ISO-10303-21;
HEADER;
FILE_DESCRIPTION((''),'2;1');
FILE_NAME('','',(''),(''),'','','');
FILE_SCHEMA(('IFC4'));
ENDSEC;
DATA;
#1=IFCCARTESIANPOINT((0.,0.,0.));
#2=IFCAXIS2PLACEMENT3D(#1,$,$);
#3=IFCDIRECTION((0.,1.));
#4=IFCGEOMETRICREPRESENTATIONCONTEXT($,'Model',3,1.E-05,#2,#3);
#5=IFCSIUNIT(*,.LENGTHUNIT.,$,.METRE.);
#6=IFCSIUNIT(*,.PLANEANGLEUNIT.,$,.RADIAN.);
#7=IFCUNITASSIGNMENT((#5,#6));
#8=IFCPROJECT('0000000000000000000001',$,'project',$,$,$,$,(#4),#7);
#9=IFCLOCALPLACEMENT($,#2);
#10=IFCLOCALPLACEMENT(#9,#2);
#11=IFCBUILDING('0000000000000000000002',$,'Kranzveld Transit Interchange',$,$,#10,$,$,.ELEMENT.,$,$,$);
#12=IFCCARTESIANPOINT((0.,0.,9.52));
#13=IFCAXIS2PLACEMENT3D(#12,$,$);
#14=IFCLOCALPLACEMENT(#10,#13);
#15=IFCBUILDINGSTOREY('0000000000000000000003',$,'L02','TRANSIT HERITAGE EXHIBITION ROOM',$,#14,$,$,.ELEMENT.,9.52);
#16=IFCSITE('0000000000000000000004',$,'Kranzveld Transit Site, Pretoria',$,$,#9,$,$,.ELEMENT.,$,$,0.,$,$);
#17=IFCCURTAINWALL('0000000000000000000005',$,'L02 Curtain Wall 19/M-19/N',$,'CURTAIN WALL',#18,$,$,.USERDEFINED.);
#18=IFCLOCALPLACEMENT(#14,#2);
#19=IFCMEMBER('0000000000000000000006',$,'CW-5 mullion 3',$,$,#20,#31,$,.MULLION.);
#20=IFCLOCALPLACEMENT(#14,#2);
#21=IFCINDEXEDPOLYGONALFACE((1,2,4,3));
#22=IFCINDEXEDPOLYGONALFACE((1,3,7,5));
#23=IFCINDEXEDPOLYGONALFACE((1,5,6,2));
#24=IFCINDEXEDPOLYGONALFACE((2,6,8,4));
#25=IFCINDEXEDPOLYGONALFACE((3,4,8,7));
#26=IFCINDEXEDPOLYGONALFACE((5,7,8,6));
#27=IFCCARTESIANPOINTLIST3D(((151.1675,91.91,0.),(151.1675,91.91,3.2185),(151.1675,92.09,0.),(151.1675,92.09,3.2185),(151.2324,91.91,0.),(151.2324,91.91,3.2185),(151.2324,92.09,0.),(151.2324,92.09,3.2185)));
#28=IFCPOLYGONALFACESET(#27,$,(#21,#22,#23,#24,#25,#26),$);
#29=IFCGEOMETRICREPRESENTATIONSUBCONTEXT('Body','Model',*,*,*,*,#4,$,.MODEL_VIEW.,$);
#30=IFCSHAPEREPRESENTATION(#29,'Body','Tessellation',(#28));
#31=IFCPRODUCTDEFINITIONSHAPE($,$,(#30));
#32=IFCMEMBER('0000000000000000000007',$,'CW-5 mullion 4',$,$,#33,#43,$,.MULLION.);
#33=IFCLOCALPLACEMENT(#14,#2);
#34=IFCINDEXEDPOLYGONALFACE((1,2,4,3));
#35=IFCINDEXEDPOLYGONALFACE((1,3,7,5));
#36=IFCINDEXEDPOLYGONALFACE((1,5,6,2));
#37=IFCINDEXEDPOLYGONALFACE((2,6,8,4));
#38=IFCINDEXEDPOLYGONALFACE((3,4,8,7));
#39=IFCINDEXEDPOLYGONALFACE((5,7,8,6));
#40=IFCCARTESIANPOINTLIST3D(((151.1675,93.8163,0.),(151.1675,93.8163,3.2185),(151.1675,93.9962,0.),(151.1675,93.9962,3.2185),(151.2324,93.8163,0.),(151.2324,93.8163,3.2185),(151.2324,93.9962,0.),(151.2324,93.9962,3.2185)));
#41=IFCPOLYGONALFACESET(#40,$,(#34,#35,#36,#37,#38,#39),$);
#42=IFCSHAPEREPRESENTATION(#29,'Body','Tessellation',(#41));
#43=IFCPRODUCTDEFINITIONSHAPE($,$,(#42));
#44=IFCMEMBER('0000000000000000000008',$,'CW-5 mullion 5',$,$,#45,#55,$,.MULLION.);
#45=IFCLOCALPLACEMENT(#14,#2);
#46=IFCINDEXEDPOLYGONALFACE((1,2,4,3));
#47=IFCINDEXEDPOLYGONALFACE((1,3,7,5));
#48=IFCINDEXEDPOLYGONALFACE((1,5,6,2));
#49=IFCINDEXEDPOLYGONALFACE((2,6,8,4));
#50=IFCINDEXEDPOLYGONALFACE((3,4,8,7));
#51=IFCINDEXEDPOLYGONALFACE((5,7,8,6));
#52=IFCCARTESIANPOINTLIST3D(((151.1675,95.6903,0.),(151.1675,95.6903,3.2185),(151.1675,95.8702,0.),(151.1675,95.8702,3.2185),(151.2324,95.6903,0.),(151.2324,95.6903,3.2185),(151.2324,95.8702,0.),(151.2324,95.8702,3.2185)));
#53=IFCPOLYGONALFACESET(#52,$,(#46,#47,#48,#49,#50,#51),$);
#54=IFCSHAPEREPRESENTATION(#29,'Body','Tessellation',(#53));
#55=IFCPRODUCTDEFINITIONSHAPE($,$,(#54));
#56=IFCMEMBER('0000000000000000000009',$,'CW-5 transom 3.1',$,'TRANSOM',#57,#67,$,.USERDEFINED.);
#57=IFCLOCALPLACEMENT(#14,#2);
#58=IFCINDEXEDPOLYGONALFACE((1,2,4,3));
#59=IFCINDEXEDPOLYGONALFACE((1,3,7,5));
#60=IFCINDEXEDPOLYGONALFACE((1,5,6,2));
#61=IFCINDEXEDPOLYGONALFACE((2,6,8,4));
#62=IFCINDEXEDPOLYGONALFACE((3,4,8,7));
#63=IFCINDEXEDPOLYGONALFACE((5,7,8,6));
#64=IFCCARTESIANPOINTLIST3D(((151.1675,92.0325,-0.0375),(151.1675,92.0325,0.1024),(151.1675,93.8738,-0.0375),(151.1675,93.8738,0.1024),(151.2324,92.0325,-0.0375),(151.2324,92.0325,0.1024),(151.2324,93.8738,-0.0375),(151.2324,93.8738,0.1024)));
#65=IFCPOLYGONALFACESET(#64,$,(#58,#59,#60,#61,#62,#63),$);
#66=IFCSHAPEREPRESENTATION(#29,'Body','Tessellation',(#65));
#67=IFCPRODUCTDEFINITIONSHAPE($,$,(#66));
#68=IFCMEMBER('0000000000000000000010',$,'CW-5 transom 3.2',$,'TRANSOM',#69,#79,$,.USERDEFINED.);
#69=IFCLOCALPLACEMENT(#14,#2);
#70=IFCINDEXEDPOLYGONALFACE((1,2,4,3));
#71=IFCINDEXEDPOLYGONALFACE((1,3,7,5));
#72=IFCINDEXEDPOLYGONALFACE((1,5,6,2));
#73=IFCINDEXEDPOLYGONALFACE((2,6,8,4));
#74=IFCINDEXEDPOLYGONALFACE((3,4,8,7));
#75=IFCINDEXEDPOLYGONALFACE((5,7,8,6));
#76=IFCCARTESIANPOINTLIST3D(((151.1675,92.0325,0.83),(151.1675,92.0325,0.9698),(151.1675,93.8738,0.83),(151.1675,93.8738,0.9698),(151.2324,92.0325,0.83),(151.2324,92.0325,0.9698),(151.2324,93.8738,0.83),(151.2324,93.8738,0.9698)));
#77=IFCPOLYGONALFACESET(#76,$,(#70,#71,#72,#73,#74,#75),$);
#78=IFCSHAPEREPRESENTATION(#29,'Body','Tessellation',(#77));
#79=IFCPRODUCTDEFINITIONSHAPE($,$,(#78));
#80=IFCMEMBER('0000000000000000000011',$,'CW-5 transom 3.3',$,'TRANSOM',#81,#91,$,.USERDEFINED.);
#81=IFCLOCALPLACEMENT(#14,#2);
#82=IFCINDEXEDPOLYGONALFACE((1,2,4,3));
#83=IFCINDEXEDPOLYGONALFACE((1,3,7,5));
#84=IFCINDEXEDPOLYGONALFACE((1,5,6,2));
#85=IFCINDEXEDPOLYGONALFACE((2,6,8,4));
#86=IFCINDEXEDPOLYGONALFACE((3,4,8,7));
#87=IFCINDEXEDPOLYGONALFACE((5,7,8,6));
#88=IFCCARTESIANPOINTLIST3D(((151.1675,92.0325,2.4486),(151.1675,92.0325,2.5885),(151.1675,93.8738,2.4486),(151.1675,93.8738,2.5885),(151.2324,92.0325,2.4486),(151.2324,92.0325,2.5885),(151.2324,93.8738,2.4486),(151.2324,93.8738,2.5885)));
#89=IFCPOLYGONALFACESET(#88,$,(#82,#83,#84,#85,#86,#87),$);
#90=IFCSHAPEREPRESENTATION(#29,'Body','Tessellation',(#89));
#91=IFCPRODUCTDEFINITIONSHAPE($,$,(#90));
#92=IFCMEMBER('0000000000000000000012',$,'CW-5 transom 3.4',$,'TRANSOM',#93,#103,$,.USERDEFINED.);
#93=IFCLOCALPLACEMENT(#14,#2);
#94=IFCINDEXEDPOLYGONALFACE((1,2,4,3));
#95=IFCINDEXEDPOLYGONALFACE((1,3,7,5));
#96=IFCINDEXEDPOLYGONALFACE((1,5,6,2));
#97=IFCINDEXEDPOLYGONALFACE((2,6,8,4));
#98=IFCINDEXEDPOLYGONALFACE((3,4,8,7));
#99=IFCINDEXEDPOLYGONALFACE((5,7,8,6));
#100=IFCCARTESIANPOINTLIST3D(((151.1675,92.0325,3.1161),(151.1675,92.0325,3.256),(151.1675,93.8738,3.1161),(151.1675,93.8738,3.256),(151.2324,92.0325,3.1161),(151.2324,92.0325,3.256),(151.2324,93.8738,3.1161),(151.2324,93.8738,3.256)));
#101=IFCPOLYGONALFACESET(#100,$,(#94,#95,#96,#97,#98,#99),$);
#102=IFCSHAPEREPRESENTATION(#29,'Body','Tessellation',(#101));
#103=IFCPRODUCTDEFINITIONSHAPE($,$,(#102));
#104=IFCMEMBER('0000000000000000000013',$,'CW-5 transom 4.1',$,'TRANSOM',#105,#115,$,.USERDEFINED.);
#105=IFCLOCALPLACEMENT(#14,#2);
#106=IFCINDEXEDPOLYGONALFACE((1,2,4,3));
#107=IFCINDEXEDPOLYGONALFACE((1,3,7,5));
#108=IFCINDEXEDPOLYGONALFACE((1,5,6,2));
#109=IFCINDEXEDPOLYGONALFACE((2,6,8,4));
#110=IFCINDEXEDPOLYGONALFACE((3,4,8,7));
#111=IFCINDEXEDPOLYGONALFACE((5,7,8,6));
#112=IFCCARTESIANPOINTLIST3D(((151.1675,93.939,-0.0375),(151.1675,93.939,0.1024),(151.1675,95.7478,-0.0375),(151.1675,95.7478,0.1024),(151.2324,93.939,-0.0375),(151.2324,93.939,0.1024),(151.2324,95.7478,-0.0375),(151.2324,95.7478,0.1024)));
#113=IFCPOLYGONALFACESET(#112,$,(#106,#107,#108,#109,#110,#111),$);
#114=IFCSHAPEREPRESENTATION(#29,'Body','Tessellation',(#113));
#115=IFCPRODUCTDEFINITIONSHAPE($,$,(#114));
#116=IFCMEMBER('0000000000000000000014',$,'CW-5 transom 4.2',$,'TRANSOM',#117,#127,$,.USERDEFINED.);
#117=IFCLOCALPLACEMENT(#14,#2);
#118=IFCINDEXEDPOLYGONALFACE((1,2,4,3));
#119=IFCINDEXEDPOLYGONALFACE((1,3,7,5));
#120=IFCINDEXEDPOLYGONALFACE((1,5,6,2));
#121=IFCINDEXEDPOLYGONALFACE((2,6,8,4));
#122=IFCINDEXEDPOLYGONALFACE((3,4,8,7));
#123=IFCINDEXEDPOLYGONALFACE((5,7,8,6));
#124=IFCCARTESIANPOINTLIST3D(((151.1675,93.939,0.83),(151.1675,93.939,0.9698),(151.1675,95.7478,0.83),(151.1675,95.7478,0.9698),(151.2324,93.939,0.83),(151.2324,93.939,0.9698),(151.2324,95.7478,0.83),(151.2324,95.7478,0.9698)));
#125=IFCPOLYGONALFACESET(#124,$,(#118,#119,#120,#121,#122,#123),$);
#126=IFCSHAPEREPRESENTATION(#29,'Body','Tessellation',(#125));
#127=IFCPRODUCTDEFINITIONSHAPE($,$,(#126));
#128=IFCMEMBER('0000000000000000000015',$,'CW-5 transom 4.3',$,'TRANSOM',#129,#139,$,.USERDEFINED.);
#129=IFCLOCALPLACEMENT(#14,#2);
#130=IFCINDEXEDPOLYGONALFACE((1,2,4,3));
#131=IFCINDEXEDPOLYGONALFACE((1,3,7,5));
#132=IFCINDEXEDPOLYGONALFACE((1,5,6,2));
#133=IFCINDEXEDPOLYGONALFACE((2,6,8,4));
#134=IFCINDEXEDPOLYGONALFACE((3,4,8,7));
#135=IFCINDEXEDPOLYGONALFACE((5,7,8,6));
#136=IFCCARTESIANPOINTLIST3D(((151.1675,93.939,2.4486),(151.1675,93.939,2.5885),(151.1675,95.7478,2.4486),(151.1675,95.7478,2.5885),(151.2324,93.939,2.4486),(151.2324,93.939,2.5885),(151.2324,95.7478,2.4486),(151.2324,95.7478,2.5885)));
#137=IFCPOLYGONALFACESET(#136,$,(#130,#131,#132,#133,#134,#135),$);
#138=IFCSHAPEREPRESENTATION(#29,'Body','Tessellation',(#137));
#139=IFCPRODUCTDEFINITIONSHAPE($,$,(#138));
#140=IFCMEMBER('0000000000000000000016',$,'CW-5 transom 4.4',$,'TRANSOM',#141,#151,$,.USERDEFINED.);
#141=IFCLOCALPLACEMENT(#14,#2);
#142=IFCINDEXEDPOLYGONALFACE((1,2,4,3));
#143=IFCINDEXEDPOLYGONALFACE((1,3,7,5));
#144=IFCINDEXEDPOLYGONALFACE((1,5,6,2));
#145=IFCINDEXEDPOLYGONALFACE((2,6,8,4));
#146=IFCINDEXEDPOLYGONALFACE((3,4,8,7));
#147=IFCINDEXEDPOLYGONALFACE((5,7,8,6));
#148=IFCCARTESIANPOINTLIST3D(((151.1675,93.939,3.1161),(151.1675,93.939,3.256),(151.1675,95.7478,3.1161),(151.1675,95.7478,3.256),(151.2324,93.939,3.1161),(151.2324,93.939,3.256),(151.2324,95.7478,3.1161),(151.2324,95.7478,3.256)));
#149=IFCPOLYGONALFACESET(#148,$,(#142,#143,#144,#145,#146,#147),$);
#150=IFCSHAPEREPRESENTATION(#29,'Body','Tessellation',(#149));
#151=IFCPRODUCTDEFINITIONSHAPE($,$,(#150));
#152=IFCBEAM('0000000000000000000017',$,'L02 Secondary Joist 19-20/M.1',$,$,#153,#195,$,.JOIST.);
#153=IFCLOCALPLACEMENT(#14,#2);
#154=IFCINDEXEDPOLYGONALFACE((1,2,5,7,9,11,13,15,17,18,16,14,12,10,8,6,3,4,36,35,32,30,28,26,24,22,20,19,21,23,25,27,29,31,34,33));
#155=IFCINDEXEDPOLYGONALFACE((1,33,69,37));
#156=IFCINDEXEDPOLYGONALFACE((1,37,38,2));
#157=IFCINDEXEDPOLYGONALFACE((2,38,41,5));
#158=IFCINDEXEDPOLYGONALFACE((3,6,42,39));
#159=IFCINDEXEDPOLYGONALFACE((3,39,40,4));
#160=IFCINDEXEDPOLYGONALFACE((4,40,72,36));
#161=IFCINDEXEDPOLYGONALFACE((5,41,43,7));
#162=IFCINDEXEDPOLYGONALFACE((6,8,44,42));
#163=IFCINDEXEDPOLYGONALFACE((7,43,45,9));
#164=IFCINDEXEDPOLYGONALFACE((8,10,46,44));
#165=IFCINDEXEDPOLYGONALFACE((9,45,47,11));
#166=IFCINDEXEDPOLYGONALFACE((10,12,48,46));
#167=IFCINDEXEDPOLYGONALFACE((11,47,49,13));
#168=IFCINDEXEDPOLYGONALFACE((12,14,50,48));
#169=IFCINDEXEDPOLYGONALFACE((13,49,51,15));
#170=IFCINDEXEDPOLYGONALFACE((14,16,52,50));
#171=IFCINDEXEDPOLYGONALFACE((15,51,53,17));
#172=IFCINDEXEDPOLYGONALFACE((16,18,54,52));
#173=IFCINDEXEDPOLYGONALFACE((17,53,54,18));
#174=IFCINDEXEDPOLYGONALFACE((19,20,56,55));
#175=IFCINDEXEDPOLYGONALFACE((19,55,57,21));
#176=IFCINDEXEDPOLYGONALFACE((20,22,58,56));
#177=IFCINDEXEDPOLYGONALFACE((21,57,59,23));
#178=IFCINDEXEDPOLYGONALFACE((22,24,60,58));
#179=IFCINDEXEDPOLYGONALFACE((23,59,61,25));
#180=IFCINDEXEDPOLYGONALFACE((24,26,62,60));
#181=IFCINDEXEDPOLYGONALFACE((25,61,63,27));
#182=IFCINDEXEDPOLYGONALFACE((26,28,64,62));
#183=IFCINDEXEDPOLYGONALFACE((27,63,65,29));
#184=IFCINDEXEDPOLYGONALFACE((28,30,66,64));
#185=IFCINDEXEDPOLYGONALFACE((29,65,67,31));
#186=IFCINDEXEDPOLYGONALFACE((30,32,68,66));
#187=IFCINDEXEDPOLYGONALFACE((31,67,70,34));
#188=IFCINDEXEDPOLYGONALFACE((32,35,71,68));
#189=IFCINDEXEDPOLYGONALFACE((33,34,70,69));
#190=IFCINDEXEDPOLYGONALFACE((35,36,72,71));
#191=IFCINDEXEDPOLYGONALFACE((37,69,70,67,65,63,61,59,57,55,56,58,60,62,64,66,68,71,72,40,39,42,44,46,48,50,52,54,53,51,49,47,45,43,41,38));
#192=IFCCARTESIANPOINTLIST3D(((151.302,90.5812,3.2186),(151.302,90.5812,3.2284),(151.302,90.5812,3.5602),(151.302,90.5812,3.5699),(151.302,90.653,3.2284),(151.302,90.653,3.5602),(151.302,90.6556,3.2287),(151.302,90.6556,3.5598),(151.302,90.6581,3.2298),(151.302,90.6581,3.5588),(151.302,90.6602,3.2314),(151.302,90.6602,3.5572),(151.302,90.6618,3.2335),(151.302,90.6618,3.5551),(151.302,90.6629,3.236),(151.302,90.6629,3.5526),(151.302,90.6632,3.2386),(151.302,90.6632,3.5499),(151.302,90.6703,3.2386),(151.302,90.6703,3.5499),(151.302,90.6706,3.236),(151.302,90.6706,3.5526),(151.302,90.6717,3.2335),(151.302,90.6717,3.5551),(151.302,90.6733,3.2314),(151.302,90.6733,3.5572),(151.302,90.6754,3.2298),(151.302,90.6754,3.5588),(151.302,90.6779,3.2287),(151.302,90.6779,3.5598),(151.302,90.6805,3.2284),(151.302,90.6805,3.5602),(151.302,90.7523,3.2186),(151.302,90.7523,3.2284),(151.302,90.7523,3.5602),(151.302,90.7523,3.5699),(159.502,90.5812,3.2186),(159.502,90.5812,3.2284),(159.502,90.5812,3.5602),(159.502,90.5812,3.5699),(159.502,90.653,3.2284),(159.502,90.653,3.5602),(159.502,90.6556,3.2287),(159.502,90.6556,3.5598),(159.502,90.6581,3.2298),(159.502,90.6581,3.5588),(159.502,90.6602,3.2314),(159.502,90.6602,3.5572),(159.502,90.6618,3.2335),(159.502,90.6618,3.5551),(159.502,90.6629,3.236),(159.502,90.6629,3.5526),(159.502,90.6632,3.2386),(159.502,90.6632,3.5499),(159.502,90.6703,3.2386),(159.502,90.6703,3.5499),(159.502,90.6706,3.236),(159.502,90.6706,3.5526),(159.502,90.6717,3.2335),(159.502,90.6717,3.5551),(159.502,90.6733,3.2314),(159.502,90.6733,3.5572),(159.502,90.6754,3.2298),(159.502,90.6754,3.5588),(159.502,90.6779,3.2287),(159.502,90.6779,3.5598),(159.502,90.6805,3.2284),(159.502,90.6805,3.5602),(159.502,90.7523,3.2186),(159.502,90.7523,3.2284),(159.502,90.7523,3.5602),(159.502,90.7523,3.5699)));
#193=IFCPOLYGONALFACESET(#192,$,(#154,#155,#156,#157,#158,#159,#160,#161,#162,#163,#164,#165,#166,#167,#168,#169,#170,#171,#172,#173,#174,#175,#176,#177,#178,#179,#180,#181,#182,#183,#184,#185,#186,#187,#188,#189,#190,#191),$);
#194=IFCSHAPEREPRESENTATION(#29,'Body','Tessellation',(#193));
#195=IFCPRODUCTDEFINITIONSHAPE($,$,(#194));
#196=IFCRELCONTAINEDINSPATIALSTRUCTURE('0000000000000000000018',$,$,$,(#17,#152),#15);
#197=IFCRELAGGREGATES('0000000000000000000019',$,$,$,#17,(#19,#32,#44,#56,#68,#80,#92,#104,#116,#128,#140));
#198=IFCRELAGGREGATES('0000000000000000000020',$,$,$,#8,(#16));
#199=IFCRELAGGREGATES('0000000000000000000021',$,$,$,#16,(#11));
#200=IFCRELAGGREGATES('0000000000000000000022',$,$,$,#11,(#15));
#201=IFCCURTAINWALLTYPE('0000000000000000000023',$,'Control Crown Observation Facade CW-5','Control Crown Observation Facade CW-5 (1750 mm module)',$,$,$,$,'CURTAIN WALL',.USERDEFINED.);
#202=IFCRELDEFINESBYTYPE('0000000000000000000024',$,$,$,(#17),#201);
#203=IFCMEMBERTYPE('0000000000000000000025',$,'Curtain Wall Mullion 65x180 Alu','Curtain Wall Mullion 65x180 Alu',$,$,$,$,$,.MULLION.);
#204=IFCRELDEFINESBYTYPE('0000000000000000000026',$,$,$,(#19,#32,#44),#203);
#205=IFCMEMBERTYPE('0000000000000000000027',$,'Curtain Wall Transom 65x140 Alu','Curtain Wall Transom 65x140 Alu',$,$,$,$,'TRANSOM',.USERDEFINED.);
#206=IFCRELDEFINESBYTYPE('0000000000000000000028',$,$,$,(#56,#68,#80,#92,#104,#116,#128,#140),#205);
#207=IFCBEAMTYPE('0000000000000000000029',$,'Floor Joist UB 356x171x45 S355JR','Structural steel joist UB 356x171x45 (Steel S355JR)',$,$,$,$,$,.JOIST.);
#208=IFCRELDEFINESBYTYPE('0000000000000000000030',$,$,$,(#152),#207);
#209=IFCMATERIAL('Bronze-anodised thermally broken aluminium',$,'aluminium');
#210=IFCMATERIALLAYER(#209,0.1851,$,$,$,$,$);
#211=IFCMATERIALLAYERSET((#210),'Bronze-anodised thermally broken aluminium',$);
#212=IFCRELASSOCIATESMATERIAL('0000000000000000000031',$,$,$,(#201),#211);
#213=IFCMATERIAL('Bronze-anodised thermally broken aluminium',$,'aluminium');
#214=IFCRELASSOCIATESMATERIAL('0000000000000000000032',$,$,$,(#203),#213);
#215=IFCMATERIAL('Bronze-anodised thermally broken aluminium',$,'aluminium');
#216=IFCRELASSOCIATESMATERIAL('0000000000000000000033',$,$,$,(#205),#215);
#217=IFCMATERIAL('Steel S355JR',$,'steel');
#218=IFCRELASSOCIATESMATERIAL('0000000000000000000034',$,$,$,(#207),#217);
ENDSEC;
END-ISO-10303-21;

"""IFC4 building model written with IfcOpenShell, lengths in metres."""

from ifc_helpers import new_model, si_unit, direction, frame, origin, origin_2d, place, context, subcontext, project, spatial, rectangle, i_section, extrude, material, layer, layer_set, material_profile, profile_set, type_object, element, aggregate, save


model = new_model("IFC4")

# Units and contexts
model_context = context("Model", 3, precision=1e-05, world=origin(), true_north=direction((0.0, 1.0)))
body_context = subcontext(model_context, "Body", "Model", "MODEL_VIEW")
ifc_project = project(units=[si_unit("LENGTHUNIT", "METRE"), si_unit("PLANEANGLEUNIT", "RADIAN")], contexts=[model_context])

# Site, building, storey
site_placement = place(None, origin())
site = spatial("IfcSite", under=ifc_project, at=site_placement, Name="Kranzveld Transit Site, Pretoria", CompositionType="ELEMENT", RefElevation=0.0)
building_placement = place(site_placement, origin())
building = spatial("IfcBuilding", under=site, at=building_placement, Name="Kranzveld Transit Interchange", CompositionType="ELEMENT")
storey_placement = place(building_placement, frame((0.0, 0.0, 9.52)))
storey = spatial("IfcBuildingStorey", under=building, at=storey_placement, Name="L02", Description="TRANSIT HERITAGE EXHIBITION ROOM", CompositionType="ELEMENT", Elevation=9.52)

# Curtain wall, members
ifc_material_1 = material(Name="Bronze-anodised thermally broken aluminium", Category="aluminium")
ifc_layer_1 = layer(ifc_material_1, 0.1851)
ifc_layer_set_1 = layer_set([ifc_layer_1], Name="Bronze-anodised thermally broken aluminium")
curtain_wall_type = type_object("IfcCurtainWallType", Name="Control Crown Observation Facade CW-5", Description="Control Crown Observation Facade CW-5 (1750 mm module)", ElementType="CURTAIN WALL", PredefinedType="USERDEFINED", material=ifc_layer_set_1)
curtain_wall_placement = place(storey_placement, origin())
curtain_wall = element("IfcCurtainWall", 1, at=curtain_wall_placement, inside=storey, type_object=curtain_wall_type, Name="L02 Curtain Wall 19/M-19/N", ObjectType="CURTAIN WALL", PredefinedType="USERDEFINED")
ifc_material_2 = material(Name="Bronze-anodised thermally broken aluminium", Category="aluminium")
ifc_material_profile_1 = material_profile(ifc_material_2, rectangle(XDim=0.0649, YDim=0.1799, at=origin_2d()), Name="ALU MULLION 65x180")
ifc_profile_set_1 = profile_set([ifc_material_profile_1], Name="Bronze-anodised thermally broken aluminium")
member_type_1 = type_object("IfcMemberType", Name="Curtain Wall Mullion 65x180 Alu", Description="Curtain Wall Mullion 65x180 Alu", PredefinedType="MULLION", material=ifc_profile_set_1)
member_1_placement = place(storey_placement, frame((151.2, 92.0, 0.0), z_axis=(0.0, 0.0, 1.0), x_axis=(-1.0, 0.0, 0.0)))
member_1 = element("IfcMember", 2, at=member_1_placement, type_object=member_type_1, Name="CW-5 mullion 3", PredefinedType="MULLION", context=body_context, shape_type="SweptSolid", body=[
    extrude(rectangle(XDim=0.0649, YDim=0.1799, at=origin_2d()), origin(), (0.0, 0.0, 1.0), 3.2185),
])
member_2_placement = place(storey_placement, frame((151.2, 93.9062, 0.0), z_axis=(0.0, 0.0, 1.0), x_axis=(-1.0, 0.0, 0.0)))
member_2 = element("IfcMember", 3, at=member_2_placement, type_object=member_type_1, Name="CW-5 mullion 4", PredefinedType="MULLION", context=body_context, shape_type="SweptSolid", body=[
    extrude(rectangle(XDim=0.0649, YDim=0.1799, at=origin_2d()), origin(), (0.0, 0.0, 1.0), 3.2185),
])
member_3_placement = place(storey_placement, frame((151.2, 95.7803, 0.0), z_axis=(0.0, 0.0, 1.0), x_axis=(-1.0, 0.0, 0.0)))
member_3 = element("IfcMember", 4, at=member_3_placement, type_object=member_type_1, Name="CW-5 mullion 5", PredefinedType="MULLION", context=body_context, shape_type="SweptSolid", body=[
    extrude(rectangle(XDim=0.0649, YDim=0.1799, at=origin_2d()), origin(), (0.0, 0.0, 1.0), 3.2185),
])
ifc_material_3 = material(Name="Bronze-anodised thermally broken aluminium", Category="aluminium")
ifc_material_profile_2 = material_profile(ifc_material_3, rectangle(XDim=0.0649, YDim=0.1399, at=origin_2d()), Name="ALU TRANSOM 65x140")
ifc_profile_set_2 = profile_set([ifc_material_profile_2], Name="Bronze-anodised thermally broken aluminium")
member_type_2 = type_object("IfcMemberType", Name="Curtain Wall Transom 65x140 Alu", Description="Curtain Wall Transom 65x140 Alu", ElementType="TRANSOM", PredefinedType="USERDEFINED", material=ifc_profile_set_2)
member_4_placement = place(storey_placement, frame((151.2, 92.0325, 0.0325), z_axis=(0.0, 1.0, 0.0), x_axis=(-1.0, 0.0, 0.0)))
member_4 = element("IfcMember", 5, at=member_4_placement, type_object=member_type_2, Name="CW-5 transom 3.1", ObjectType="TRANSOM", PredefinedType="USERDEFINED", context=body_context, shape_type="SweptSolid", body=[
    extrude(rectangle(XDim=0.0649, YDim=0.1399, at=origin_2d()), origin(), (0.0, 0.0, 1.0), 1.8413),
])
member_5_placement = place(storey_placement, frame((151.2, 92.0325, 0.8999), z_axis=(0.0, 1.0, 0.0), x_axis=(-1.0, 0.0, 0.0)))
member_5 = element("IfcMember", 6, at=member_5_placement, type_object=member_type_2, Name="CW-5 transom 3.2", ObjectType="TRANSOM", PredefinedType="USERDEFINED", context=body_context, shape_type="SweptSolid", body=[
    extrude(rectangle(XDim=0.0649, YDim=0.1399, at=origin_2d()), origin(), (0.0, 0.0, 1.0), 1.8413),
])
member_6_placement = place(storey_placement, frame((151.2, 92.0325, 2.5186), z_axis=(0.0, 1.0, 0.0), x_axis=(-1.0, 0.0, 0.0)))
member_6 = element("IfcMember", 7, at=member_6_placement, type_object=member_type_2, Name="CW-5 transom 3.3", ObjectType="TRANSOM", PredefinedType="USERDEFINED", context=body_context, shape_type="SweptSolid", body=[
    extrude(rectangle(XDim=0.0649, YDim=0.1399, at=origin_2d()), origin(), (0.0, 0.0, 1.0), 1.8413),
])
member_7_placement = place(storey_placement, frame((151.2, 92.0325, 3.186), z_axis=(0.0, 1.0, 0.0), x_axis=(-1.0, 0.0, 0.0)))
member_7 = element("IfcMember", 8, at=member_7_placement, type_object=member_type_2, Name="CW-5 transom 3.4", ObjectType="TRANSOM", PredefinedType="USERDEFINED", context=body_context, shape_type="SweptSolid", body=[
    extrude(rectangle(XDim=0.0649, YDim=0.1399, at=origin_2d()), origin(), (0.0, 0.0, 1.0), 1.8413),
])
member_8_placement = place(storey_placement, frame((151.2, 93.939, 0.0325), z_axis=(0.0, 1.0, 0.0), x_axis=(-1.0, 0.0, 0.0)))
member_8 = element("IfcMember", 9, at=member_8_placement, type_object=member_type_2, Name="CW-5 transom 4.1", ObjectType="TRANSOM", PredefinedType="USERDEFINED", context=body_context, shape_type="SweptSolid", body=[
    extrude(rectangle(XDim=0.0649, YDim=0.1399, at=origin_2d()), origin(), (0.0, 0.0, 1.0), 1.8088),
])
member_9_placement = place(storey_placement, frame((151.2, 93.939, 0.8999), z_axis=(0.0, 1.0, 0.0), x_axis=(-1.0, 0.0, 0.0)))
member_9 = element("IfcMember", 10, at=member_9_placement, type_object=member_type_2, Name="CW-5 transom 4.2", ObjectType="TRANSOM", PredefinedType="USERDEFINED", context=body_context, shape_type="SweptSolid", body=[
    extrude(rectangle(XDim=0.0649, YDim=0.1399, at=origin_2d()), origin(), (0.0, 0.0, 1.0), 1.8088),
])
member_10_placement = place(storey_placement, frame((151.2, 93.939, 2.5186), z_axis=(0.0, 1.0, 0.0), x_axis=(-1.0, 0.0, 0.0)))
member_10 = element("IfcMember", 11, at=member_10_placement, type_object=member_type_2, Name="CW-5 transom 4.3", ObjectType="TRANSOM", PredefinedType="USERDEFINED", context=body_context, shape_type="SweptSolid", body=[
    extrude(rectangle(XDim=0.0649, YDim=0.1399, at=origin_2d()), origin(), (0.0, 0.0, 1.0), 1.8088),
])
member_11_placement = place(storey_placement, frame((151.2, 93.939, 3.186), z_axis=(0.0, 1.0, 0.0), x_axis=(-1.0, 0.0, 0.0)))
member_11 = element("IfcMember", 12, at=member_11_placement, type_object=member_type_2, Name="CW-5 transom 4.4", ObjectType="TRANSOM", PredefinedType="USERDEFINED", context=body_context, shape_type="SweptSolid", body=[
    extrude(rectangle(XDim=0.0649, YDim=0.1399, at=origin_2d()), origin(), (0.0, 0.0, 1.0), 1.8088),
])

# Beam
ifc_material_4 = material(Name="Steel S355JR", Category="steel")
ifc_material_profile_3 = material_profile(ifc_material_4, i_section(OverallWidth=0.1711, OverallDepth=0.3513, WebThickness=0.0071, FlangeThickness=0.0098, FilletRadius=0.0103, at=origin_2d()), Name="UB 356x171x45")
ifc_profile_set_3 = profile_set([ifc_material_profile_3], Name="Steel S355JR")
beam_type_1 = type_object("IfcBeamType", Name="Floor Joist UB 356x171x45 S355JR", Description="Structural steel joist UB 356x171x45 (Steel S355JR)", PredefinedType="JOIST", material=ifc_profile_set_3)
for number, where, z_axis, x_axis, name in (
    (13, (151.302, 90.6667, 3.3943), (1.0, 0.0, 0.0), (0.0, 1.0, 0.0), "L02 Secondary Joist 19-20/M.1"),
):
    element("IfcBeam", number, at=place(storey_placement, frame(where, z_axis=z_axis, x_axis=x_axis)), inside=storey, type_object=beam_type_1, Name=name, PredefinedType="JOIST", context=body_context, shape_type="SweptSolid", body=[
        extrude(i_section(OverallWidth=0.1711, OverallDepth=0.3513, WebThickness=0.0071, FlangeThickness=0.0098, FilletRadius=0.0103, at=origin_2d()), origin(), (0.0, 0.0, 1.0), 8.2),
    ])

aggregate(curtain_wall, [member_1, member_2, member_3, member_4, member_5, member_6, member_7, member_8, member_9, member_10, member_11])

save(model, "model.ifc")
